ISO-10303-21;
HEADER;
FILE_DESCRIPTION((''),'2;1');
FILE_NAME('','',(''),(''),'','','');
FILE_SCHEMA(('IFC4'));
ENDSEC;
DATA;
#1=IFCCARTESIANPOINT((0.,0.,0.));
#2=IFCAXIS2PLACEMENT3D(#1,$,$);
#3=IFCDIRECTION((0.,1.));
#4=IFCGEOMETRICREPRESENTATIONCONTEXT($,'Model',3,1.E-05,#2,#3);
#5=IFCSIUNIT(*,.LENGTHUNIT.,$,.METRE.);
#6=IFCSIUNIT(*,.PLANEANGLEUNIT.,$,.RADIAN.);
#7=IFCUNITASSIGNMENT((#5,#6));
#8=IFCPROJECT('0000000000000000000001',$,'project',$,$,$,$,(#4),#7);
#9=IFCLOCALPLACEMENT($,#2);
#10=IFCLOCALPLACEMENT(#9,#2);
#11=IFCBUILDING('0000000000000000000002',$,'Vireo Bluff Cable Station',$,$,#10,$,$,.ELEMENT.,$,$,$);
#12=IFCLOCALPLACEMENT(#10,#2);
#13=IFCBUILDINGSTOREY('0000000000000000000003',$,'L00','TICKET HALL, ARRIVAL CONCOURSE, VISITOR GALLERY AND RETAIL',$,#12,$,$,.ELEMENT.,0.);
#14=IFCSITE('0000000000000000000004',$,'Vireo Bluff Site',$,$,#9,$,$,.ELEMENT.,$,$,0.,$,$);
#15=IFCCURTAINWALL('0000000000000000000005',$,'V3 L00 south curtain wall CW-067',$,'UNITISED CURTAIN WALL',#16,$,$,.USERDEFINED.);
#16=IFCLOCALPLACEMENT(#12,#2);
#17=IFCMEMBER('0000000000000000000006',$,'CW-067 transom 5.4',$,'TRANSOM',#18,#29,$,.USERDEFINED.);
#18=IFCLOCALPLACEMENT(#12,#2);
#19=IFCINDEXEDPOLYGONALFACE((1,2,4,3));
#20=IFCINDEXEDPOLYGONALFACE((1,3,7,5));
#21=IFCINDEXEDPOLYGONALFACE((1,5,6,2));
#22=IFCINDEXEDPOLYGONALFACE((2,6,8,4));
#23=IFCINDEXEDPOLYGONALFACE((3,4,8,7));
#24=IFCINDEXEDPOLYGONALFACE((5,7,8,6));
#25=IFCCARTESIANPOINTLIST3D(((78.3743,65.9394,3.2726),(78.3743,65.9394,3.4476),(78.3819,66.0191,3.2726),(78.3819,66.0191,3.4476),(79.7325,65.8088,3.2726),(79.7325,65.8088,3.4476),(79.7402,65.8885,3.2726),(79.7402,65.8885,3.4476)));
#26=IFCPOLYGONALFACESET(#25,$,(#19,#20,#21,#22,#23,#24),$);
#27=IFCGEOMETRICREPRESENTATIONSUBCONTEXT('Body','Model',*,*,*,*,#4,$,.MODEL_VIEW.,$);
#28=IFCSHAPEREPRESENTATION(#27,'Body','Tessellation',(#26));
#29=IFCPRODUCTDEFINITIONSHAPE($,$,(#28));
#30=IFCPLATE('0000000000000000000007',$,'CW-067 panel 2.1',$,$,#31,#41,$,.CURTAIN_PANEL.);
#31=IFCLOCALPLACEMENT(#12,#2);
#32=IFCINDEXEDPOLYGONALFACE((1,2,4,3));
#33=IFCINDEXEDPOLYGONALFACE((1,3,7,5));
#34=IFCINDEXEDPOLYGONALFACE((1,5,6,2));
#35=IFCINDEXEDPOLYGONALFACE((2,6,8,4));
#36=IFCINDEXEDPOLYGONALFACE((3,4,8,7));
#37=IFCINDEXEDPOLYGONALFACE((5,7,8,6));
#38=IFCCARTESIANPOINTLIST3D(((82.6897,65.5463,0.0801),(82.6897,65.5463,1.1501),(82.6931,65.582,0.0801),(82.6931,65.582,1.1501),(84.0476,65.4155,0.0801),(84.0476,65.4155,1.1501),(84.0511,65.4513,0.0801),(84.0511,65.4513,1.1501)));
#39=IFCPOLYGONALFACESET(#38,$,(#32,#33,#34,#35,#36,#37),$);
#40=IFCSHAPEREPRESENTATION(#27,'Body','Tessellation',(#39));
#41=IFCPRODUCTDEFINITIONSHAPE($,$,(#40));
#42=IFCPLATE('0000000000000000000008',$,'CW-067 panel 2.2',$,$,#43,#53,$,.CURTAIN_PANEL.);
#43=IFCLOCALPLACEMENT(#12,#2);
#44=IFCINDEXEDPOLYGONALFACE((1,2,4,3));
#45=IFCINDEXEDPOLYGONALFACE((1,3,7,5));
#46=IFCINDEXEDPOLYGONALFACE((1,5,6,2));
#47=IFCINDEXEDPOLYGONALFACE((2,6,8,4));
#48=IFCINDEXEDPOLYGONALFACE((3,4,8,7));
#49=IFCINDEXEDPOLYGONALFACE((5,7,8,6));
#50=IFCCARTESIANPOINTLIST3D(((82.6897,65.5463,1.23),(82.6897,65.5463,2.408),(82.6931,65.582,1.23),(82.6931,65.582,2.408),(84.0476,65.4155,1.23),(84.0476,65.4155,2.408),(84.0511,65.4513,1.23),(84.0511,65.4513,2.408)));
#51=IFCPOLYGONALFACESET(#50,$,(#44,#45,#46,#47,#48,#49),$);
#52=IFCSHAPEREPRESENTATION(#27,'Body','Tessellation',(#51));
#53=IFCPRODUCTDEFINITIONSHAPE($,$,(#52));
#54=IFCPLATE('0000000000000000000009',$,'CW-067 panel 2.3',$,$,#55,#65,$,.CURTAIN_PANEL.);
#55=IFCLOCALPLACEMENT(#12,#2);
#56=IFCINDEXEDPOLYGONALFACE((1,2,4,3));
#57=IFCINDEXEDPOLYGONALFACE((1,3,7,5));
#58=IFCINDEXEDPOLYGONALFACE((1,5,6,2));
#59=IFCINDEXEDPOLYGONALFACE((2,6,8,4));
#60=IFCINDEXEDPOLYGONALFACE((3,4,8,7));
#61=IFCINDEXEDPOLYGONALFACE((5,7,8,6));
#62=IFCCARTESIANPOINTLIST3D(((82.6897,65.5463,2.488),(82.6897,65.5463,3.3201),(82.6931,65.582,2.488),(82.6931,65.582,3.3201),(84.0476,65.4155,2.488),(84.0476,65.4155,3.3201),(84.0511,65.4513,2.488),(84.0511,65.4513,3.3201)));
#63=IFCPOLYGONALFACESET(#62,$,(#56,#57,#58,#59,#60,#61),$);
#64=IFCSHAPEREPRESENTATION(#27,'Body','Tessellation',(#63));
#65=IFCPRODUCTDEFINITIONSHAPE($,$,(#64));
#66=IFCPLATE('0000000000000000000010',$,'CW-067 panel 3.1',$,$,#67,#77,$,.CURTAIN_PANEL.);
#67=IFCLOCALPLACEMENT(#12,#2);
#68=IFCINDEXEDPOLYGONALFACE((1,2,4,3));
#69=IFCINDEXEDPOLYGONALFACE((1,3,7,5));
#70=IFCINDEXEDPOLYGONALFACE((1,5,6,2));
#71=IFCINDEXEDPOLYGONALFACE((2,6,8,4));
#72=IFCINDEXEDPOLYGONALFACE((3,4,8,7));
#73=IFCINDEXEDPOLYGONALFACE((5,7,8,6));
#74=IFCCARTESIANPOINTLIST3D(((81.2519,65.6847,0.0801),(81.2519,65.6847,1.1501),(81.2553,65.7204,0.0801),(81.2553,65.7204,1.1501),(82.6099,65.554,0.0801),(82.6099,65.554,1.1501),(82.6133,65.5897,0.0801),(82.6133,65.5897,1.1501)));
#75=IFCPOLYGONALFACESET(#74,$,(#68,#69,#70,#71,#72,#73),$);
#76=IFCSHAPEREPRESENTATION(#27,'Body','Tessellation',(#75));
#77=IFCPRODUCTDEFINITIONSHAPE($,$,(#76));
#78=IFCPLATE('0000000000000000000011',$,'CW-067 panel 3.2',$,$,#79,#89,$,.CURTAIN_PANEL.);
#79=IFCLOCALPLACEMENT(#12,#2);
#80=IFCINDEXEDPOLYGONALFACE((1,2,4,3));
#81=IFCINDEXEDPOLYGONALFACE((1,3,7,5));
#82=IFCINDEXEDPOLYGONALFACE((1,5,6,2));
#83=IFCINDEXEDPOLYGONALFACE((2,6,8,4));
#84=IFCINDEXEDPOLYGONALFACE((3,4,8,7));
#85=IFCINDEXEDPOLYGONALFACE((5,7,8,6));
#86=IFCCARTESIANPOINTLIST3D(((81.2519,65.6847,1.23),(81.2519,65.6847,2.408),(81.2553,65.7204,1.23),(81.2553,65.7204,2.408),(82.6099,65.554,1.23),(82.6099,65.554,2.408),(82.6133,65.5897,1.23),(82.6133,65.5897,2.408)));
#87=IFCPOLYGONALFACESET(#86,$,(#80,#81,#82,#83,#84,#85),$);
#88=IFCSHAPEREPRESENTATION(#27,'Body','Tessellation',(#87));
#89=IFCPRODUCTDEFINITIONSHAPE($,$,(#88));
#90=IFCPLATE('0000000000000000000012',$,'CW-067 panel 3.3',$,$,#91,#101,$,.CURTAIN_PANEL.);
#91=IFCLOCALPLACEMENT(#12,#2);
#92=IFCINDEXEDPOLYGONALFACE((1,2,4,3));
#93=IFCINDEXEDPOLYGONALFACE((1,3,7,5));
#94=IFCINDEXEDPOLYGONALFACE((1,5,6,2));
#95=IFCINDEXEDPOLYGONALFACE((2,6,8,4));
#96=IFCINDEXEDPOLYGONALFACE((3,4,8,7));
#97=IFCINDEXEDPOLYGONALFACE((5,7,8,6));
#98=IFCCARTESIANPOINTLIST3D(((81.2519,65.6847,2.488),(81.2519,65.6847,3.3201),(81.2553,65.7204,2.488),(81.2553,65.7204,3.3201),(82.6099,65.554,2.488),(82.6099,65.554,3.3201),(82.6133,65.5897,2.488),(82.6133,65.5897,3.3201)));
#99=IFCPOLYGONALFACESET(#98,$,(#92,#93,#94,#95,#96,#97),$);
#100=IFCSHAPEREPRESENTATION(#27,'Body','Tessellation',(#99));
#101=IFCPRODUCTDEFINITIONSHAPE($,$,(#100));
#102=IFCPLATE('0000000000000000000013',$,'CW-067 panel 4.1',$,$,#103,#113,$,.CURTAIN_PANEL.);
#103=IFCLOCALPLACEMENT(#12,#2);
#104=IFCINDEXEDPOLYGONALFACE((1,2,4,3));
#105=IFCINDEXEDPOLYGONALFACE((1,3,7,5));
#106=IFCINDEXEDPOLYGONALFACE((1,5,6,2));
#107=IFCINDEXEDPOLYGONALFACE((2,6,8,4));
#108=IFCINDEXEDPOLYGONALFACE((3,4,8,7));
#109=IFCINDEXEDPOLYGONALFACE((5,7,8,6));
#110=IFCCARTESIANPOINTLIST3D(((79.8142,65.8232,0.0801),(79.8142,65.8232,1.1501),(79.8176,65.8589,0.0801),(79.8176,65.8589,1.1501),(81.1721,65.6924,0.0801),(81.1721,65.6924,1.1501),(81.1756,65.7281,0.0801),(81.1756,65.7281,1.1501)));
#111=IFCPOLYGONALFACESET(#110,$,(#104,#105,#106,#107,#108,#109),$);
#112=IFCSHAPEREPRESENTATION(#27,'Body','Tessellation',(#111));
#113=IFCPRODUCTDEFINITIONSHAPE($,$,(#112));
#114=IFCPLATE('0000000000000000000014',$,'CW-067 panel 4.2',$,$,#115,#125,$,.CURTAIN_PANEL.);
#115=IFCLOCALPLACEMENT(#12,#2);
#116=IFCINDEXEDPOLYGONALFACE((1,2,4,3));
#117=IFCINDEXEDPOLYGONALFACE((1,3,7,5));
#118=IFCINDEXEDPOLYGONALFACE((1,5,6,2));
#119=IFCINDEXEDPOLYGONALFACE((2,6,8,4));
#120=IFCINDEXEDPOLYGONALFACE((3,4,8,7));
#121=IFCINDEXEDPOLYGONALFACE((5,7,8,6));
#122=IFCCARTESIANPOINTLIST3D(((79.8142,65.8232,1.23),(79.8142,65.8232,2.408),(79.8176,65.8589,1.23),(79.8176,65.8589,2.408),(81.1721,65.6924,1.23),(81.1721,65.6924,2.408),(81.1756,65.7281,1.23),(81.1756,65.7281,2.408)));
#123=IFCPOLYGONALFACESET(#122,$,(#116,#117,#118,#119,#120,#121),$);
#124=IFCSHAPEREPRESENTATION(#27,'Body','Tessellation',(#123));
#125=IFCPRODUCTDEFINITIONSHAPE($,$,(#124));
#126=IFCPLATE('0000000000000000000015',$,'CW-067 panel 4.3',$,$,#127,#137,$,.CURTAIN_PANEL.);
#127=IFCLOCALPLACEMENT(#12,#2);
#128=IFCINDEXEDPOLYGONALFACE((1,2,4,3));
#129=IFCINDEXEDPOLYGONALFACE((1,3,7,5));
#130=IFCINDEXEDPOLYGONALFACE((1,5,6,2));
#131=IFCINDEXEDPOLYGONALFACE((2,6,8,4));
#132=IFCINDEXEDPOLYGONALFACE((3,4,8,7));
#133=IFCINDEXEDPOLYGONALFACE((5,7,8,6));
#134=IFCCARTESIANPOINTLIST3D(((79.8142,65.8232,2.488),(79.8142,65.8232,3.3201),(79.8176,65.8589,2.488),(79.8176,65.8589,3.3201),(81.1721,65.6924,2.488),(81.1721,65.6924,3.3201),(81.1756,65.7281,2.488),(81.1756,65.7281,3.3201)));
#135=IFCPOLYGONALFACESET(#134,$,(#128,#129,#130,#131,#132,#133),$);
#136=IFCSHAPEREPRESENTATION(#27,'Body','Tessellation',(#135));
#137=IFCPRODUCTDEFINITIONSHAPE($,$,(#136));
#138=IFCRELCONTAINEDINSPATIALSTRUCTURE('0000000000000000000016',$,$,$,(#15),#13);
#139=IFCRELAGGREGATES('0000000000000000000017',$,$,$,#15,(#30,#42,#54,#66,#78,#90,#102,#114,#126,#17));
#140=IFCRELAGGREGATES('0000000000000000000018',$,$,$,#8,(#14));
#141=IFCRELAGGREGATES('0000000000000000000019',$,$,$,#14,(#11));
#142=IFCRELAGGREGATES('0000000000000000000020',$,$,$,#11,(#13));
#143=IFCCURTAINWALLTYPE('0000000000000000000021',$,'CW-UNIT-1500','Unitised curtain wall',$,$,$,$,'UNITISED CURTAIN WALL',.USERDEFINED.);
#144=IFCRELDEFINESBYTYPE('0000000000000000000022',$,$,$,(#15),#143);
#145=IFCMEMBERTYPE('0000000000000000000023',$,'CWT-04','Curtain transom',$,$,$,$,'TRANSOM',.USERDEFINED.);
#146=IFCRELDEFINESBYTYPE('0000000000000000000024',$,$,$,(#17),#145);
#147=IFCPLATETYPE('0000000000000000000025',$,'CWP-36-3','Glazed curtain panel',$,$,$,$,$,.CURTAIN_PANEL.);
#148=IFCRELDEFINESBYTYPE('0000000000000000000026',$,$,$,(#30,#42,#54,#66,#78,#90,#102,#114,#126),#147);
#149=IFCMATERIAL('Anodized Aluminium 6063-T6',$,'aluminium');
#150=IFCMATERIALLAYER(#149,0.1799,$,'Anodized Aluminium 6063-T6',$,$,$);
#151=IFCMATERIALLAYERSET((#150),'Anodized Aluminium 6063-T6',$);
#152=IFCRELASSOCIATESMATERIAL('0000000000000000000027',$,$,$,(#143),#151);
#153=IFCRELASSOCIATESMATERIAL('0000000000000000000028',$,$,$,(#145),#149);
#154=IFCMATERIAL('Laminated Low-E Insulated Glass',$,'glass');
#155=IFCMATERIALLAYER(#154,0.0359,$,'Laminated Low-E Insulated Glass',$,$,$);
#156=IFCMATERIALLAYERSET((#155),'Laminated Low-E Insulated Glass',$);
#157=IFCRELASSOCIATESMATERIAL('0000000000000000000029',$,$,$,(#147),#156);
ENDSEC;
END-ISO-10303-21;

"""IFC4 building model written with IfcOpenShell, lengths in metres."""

from ifc_helpers import new_model, si_unit, direction, frame, origin, origin_2d, place, context, subcontext, project, spatial, rectangle, extrude, material, layer, layer_set, material_profile, profile_set, type_object, element, aggregate, save


model = new_model("IFC4")

# Units and contexts
model_context = context("Model", 3, precision=1e-05, world=origin(), true_north=direction((0.0, 1.0)))
body_context = subcontext(model_context, "Body", "Model", "MODEL_VIEW")
ifc_project = project(units=[si_unit("LENGTHUNIT", "METRE"), si_unit("PLANEANGLEUNIT", "RADIAN")], contexts=[model_context])

# Site, building, storey
site_placement = place(None, origin())
site = spatial("IfcSite", under=ifc_project, at=site_placement, Name="Vireo Bluff Site", CompositionType="ELEMENT", RefElevation=0.0)
building_placement = place(site_placement, origin())
building = spatial("IfcBuilding", under=site, at=building_placement, Name="Vireo Bluff Cable Station", CompositionType="ELEMENT")
storey_placement = place(building_placement, origin())
storey = spatial("IfcBuildingStorey", under=building, at=storey_placement, Name="L00", Description="TICKET HALL, ARRIVAL CONCOURSE, VISITOR GALLERY AND RETAIL", CompositionType="ELEMENT", Elevation=0.0)

# Curtain wall, member, plates
ifc_material_1 = material(Name="Anodized Aluminium 6063-T6", Category="aluminium")
ifc_layer_1 = layer(ifc_material_1, 0.1799, Name="Anodized Aluminium 6063-T6")
ifc_layer_set_1 = layer_set([ifc_layer_1], Name="Anodized Aluminium 6063-T6")
curtain_wall_type = type_object("IfcCurtainWallType", Name="CW-UNIT-1500", Description="Unitised curtain wall", ElementType="UNITISED CURTAIN WALL", PredefinedType="USERDEFINED", material=ifc_layer_set_1)
curtain_wall_placement = place(storey_placement, origin())
curtain_wall = element("IfcCurtainWall", 1, at=curtain_wall_placement, inside=storey, type_object=curtain_wall_type, Name="V3 L00 south curtain wall CW-067", ObjectType="UNITISED CURTAIN WALL", PredefinedType="USERDEFINED")
ifc_material_profile_1 = material_profile(ifc_material_1, rectangle(XDim=0.0801, YDim=0.175, at=origin_2d()), Name="ALU-T-80X175")
ifc_profile_set_1 = profile_set([ifc_material_profile_1], Name="Anodized Aluminium 6063-T6")
member_type_1 = type_object("IfcMemberType", Name="CWT-04", Description="Curtain transom", ElementType="TRANSOM", PredefinedType="USERDEFINED", material=ifc_profile_set_1)
member_1_placement = place(storey_placement, frame((79.7363, 65.8486, 3.3601), z_axis=(-0.995407, 0.095729, 0.0), x_axis=(-0.095729, -0.995407, 0.0)))
member_1 = element("IfcMember", 2, at=member_1_placement, type_object=member_type_1, Name="CW-067 transom 5.4", ObjectType="TRANSOM", PredefinedType="USERDEFINED", context=body_context, shape_type="SweptSolid", body=[
    extrude(rectangle(XDim=0.0801, YDim=0.175, at=origin_2d()), origin(), (0.0, 0.0, 1.0), 1.3645),
])
ifc_material_2 = material(Name="Laminated Low-E Insulated Glass", Category="glass")
ifc_layer_2 = layer(ifc_material_2, 0.0359, Name="Laminated Low-E Insulated Glass")
ifc_layer_set_2 = layer_set([ifc_layer_2], Name="Laminated Low-E Insulated Glass")
plate_type = type_object("IfcPlateType", Name="CWP-36-3", Description="Glazed curtain panel", PredefinedType="CURTAIN_PANEL", material=ifc_layer_set_2)
plate_1_placement = place(storey_placement, frame((83.3704, 65.4988, 0.0801), z_axis=(0.0, 0.0, 1.0), x_axis=(-0.995396, 0.095846, 0.0)))
plate_1 = element("IfcPlate", 3, at=plate_1_placement, type_object=plate_type, Name="CW-067 panel 2.1", PredefinedType="CURTAIN_PANEL", context=body_context, shape_type="SweptSolid", body=[
    extrude(rectangle(XDim=1.3643, YDim=0.0359, at=origin_2d()), origin(), (0.0, 0.0, 1.0), 1.0701),
])
plate_2_placement = place(storey_placement, frame((83.3704, 65.4988, 1.23), z_axis=(0.0, 0.0, 1.0), x_axis=(-0.995396, 0.095846, 0.0)))
plate_2 = element("IfcPlate", 4, at=plate_2_placement, type_object=plate_type, Name="CW-067 panel 2.2", PredefinedType="CURTAIN_PANEL", context=body_context, shape_type="SweptSolid", body=[
    extrude(rectangle(XDim=1.3643, YDim=0.0359, at=origin_2d()), origin(), (0.0, 0.0, 1.0), 1.178),
])
plate_3_placement = place(storey_placement, frame((83.3704, 65.4988, 2.488), z_axis=(0.0, 0.0, 1.0), x_axis=(-0.995396, 0.095846, 0.0)))
plate_3 = element("IfcPlate", 5, at=plate_3_placement, type_object=plate_type, Name="CW-067 panel 2.3", PredefinedType="CURTAIN_PANEL", context=body_context, shape_type="SweptSolid", body=[
    extrude(rectangle(XDim=1.3643, YDim=0.0359, at=origin_2d()), origin(), (0.0, 0.0, 1.0), 0.832),
])
plate_4_placement = place(storey_placement, frame((81.9326, 65.6372, 0.0801), z_axis=(0.0, 0.0, 1.0), x_axis=(-0.995396, 0.095846, 0.0)))
plate_4 = element("IfcPlate", 6, at=plate_4_placement, type_object=plate_type, Name="CW-067 panel 3.1", PredefinedType="CURTAIN_PANEL", context=body_context, shape_type="SweptSolid", body=[
    extrude(rectangle(XDim=1.3643, YDim=0.0359, at=origin_2d()), origin(), (0.0, 0.0, 1.0), 1.0701),
])
plate_5_placement = place(storey_placement, frame((81.9326, 65.6372, 1.23), z_axis=(0.0, 0.0, 1.0), x_axis=(-0.995396, 0.095846, 0.0)))
plate_5 = element("IfcPlate", 7, at=plate_5_placement, type_object=plate_type, Name="CW-067 panel 3.2", PredefinedType="CURTAIN_PANEL", context=body_context, shape_type="SweptSolid", body=[
    extrude(rectangle(XDim=1.3643, YDim=0.0359, at=origin_2d()), origin(), (0.0, 0.0, 1.0), 1.178),
])
plate_6_placement = place(storey_placement, frame((81.9326, 65.6372, 2.488), z_axis=(0.0, 0.0, 1.0), x_axis=(-0.995396, 0.095846, 0.0)))
plate_6 = element("IfcPlate", 8, at=plate_6_placement, type_object=plate_type, Name="CW-067 panel 3.3", PredefinedType="CURTAIN_PANEL", context=body_context, shape_type="SweptSolid", body=[
    extrude(rectangle(XDim=1.3643, YDim=0.0359, at=origin_2d()), origin(), (0.0, 0.0, 1.0), 0.832),
])
plate_7_placement = place(storey_placement, frame((80.4949, 65.7756, 0.0801), z_axis=(0.0, 0.0, 1.0), x_axis=(-0.995396, 0.095846, 0.0)))
plate_7 = element("IfcPlate", 9, at=plate_7_placement, type_object=plate_type, Name="CW-067 panel 4.1", PredefinedType="CURTAIN_PANEL", context=body_context, shape_type="SweptSolid", body=[
    extrude(rectangle(XDim=1.3643, YDim=0.0359, at=origin_2d()), origin(), (0.0, 0.0, 1.0), 1.0701),
])
plate_8_placement = place(storey_placement, frame((80.4949, 65.7756, 1.23), z_axis=(0.0, 0.0, 1.0), x_axis=(-0.995396, 0.095846, 0.0)))
plate_8 = element("IfcPlate", 10, at=plate_8_placement, type_object=plate_type, Name="CW-067 panel 4.2", PredefinedType="CURTAIN_PANEL", context=body_context, shape_type="SweptSolid", body=[
    extrude(rectangle(XDim=1.3643, YDim=0.0359, at=origin_2d()), origin(), (0.0, 0.0, 1.0), 1.178),
])
plate_9_placement = place(storey_placement, frame((80.4949, 65.7756, 2.488), z_axis=(0.0, 0.0, 1.0), x_axis=(-0.995396, 0.095846, 0.0)))
plate_9 = element("IfcPlate", 11, at=plate_9_placement, type_object=plate_type, Name="CW-067 panel 4.3", PredefinedType="CURTAIN_PANEL", context=body_context, shape_type="SweptSolid", body=[
    extrude(rectangle(XDim=1.3643, YDim=0.0359, at=origin_2d()), origin(), (0.0, 0.0, 1.0), 0.832),
])
aggregate(curtain_wall, [plate_1, plate_2, plate_3, plate_4, plate_5, plate_6, plate_7, plate_8, plate_9, member_1])

save(model, "model.ifc")
